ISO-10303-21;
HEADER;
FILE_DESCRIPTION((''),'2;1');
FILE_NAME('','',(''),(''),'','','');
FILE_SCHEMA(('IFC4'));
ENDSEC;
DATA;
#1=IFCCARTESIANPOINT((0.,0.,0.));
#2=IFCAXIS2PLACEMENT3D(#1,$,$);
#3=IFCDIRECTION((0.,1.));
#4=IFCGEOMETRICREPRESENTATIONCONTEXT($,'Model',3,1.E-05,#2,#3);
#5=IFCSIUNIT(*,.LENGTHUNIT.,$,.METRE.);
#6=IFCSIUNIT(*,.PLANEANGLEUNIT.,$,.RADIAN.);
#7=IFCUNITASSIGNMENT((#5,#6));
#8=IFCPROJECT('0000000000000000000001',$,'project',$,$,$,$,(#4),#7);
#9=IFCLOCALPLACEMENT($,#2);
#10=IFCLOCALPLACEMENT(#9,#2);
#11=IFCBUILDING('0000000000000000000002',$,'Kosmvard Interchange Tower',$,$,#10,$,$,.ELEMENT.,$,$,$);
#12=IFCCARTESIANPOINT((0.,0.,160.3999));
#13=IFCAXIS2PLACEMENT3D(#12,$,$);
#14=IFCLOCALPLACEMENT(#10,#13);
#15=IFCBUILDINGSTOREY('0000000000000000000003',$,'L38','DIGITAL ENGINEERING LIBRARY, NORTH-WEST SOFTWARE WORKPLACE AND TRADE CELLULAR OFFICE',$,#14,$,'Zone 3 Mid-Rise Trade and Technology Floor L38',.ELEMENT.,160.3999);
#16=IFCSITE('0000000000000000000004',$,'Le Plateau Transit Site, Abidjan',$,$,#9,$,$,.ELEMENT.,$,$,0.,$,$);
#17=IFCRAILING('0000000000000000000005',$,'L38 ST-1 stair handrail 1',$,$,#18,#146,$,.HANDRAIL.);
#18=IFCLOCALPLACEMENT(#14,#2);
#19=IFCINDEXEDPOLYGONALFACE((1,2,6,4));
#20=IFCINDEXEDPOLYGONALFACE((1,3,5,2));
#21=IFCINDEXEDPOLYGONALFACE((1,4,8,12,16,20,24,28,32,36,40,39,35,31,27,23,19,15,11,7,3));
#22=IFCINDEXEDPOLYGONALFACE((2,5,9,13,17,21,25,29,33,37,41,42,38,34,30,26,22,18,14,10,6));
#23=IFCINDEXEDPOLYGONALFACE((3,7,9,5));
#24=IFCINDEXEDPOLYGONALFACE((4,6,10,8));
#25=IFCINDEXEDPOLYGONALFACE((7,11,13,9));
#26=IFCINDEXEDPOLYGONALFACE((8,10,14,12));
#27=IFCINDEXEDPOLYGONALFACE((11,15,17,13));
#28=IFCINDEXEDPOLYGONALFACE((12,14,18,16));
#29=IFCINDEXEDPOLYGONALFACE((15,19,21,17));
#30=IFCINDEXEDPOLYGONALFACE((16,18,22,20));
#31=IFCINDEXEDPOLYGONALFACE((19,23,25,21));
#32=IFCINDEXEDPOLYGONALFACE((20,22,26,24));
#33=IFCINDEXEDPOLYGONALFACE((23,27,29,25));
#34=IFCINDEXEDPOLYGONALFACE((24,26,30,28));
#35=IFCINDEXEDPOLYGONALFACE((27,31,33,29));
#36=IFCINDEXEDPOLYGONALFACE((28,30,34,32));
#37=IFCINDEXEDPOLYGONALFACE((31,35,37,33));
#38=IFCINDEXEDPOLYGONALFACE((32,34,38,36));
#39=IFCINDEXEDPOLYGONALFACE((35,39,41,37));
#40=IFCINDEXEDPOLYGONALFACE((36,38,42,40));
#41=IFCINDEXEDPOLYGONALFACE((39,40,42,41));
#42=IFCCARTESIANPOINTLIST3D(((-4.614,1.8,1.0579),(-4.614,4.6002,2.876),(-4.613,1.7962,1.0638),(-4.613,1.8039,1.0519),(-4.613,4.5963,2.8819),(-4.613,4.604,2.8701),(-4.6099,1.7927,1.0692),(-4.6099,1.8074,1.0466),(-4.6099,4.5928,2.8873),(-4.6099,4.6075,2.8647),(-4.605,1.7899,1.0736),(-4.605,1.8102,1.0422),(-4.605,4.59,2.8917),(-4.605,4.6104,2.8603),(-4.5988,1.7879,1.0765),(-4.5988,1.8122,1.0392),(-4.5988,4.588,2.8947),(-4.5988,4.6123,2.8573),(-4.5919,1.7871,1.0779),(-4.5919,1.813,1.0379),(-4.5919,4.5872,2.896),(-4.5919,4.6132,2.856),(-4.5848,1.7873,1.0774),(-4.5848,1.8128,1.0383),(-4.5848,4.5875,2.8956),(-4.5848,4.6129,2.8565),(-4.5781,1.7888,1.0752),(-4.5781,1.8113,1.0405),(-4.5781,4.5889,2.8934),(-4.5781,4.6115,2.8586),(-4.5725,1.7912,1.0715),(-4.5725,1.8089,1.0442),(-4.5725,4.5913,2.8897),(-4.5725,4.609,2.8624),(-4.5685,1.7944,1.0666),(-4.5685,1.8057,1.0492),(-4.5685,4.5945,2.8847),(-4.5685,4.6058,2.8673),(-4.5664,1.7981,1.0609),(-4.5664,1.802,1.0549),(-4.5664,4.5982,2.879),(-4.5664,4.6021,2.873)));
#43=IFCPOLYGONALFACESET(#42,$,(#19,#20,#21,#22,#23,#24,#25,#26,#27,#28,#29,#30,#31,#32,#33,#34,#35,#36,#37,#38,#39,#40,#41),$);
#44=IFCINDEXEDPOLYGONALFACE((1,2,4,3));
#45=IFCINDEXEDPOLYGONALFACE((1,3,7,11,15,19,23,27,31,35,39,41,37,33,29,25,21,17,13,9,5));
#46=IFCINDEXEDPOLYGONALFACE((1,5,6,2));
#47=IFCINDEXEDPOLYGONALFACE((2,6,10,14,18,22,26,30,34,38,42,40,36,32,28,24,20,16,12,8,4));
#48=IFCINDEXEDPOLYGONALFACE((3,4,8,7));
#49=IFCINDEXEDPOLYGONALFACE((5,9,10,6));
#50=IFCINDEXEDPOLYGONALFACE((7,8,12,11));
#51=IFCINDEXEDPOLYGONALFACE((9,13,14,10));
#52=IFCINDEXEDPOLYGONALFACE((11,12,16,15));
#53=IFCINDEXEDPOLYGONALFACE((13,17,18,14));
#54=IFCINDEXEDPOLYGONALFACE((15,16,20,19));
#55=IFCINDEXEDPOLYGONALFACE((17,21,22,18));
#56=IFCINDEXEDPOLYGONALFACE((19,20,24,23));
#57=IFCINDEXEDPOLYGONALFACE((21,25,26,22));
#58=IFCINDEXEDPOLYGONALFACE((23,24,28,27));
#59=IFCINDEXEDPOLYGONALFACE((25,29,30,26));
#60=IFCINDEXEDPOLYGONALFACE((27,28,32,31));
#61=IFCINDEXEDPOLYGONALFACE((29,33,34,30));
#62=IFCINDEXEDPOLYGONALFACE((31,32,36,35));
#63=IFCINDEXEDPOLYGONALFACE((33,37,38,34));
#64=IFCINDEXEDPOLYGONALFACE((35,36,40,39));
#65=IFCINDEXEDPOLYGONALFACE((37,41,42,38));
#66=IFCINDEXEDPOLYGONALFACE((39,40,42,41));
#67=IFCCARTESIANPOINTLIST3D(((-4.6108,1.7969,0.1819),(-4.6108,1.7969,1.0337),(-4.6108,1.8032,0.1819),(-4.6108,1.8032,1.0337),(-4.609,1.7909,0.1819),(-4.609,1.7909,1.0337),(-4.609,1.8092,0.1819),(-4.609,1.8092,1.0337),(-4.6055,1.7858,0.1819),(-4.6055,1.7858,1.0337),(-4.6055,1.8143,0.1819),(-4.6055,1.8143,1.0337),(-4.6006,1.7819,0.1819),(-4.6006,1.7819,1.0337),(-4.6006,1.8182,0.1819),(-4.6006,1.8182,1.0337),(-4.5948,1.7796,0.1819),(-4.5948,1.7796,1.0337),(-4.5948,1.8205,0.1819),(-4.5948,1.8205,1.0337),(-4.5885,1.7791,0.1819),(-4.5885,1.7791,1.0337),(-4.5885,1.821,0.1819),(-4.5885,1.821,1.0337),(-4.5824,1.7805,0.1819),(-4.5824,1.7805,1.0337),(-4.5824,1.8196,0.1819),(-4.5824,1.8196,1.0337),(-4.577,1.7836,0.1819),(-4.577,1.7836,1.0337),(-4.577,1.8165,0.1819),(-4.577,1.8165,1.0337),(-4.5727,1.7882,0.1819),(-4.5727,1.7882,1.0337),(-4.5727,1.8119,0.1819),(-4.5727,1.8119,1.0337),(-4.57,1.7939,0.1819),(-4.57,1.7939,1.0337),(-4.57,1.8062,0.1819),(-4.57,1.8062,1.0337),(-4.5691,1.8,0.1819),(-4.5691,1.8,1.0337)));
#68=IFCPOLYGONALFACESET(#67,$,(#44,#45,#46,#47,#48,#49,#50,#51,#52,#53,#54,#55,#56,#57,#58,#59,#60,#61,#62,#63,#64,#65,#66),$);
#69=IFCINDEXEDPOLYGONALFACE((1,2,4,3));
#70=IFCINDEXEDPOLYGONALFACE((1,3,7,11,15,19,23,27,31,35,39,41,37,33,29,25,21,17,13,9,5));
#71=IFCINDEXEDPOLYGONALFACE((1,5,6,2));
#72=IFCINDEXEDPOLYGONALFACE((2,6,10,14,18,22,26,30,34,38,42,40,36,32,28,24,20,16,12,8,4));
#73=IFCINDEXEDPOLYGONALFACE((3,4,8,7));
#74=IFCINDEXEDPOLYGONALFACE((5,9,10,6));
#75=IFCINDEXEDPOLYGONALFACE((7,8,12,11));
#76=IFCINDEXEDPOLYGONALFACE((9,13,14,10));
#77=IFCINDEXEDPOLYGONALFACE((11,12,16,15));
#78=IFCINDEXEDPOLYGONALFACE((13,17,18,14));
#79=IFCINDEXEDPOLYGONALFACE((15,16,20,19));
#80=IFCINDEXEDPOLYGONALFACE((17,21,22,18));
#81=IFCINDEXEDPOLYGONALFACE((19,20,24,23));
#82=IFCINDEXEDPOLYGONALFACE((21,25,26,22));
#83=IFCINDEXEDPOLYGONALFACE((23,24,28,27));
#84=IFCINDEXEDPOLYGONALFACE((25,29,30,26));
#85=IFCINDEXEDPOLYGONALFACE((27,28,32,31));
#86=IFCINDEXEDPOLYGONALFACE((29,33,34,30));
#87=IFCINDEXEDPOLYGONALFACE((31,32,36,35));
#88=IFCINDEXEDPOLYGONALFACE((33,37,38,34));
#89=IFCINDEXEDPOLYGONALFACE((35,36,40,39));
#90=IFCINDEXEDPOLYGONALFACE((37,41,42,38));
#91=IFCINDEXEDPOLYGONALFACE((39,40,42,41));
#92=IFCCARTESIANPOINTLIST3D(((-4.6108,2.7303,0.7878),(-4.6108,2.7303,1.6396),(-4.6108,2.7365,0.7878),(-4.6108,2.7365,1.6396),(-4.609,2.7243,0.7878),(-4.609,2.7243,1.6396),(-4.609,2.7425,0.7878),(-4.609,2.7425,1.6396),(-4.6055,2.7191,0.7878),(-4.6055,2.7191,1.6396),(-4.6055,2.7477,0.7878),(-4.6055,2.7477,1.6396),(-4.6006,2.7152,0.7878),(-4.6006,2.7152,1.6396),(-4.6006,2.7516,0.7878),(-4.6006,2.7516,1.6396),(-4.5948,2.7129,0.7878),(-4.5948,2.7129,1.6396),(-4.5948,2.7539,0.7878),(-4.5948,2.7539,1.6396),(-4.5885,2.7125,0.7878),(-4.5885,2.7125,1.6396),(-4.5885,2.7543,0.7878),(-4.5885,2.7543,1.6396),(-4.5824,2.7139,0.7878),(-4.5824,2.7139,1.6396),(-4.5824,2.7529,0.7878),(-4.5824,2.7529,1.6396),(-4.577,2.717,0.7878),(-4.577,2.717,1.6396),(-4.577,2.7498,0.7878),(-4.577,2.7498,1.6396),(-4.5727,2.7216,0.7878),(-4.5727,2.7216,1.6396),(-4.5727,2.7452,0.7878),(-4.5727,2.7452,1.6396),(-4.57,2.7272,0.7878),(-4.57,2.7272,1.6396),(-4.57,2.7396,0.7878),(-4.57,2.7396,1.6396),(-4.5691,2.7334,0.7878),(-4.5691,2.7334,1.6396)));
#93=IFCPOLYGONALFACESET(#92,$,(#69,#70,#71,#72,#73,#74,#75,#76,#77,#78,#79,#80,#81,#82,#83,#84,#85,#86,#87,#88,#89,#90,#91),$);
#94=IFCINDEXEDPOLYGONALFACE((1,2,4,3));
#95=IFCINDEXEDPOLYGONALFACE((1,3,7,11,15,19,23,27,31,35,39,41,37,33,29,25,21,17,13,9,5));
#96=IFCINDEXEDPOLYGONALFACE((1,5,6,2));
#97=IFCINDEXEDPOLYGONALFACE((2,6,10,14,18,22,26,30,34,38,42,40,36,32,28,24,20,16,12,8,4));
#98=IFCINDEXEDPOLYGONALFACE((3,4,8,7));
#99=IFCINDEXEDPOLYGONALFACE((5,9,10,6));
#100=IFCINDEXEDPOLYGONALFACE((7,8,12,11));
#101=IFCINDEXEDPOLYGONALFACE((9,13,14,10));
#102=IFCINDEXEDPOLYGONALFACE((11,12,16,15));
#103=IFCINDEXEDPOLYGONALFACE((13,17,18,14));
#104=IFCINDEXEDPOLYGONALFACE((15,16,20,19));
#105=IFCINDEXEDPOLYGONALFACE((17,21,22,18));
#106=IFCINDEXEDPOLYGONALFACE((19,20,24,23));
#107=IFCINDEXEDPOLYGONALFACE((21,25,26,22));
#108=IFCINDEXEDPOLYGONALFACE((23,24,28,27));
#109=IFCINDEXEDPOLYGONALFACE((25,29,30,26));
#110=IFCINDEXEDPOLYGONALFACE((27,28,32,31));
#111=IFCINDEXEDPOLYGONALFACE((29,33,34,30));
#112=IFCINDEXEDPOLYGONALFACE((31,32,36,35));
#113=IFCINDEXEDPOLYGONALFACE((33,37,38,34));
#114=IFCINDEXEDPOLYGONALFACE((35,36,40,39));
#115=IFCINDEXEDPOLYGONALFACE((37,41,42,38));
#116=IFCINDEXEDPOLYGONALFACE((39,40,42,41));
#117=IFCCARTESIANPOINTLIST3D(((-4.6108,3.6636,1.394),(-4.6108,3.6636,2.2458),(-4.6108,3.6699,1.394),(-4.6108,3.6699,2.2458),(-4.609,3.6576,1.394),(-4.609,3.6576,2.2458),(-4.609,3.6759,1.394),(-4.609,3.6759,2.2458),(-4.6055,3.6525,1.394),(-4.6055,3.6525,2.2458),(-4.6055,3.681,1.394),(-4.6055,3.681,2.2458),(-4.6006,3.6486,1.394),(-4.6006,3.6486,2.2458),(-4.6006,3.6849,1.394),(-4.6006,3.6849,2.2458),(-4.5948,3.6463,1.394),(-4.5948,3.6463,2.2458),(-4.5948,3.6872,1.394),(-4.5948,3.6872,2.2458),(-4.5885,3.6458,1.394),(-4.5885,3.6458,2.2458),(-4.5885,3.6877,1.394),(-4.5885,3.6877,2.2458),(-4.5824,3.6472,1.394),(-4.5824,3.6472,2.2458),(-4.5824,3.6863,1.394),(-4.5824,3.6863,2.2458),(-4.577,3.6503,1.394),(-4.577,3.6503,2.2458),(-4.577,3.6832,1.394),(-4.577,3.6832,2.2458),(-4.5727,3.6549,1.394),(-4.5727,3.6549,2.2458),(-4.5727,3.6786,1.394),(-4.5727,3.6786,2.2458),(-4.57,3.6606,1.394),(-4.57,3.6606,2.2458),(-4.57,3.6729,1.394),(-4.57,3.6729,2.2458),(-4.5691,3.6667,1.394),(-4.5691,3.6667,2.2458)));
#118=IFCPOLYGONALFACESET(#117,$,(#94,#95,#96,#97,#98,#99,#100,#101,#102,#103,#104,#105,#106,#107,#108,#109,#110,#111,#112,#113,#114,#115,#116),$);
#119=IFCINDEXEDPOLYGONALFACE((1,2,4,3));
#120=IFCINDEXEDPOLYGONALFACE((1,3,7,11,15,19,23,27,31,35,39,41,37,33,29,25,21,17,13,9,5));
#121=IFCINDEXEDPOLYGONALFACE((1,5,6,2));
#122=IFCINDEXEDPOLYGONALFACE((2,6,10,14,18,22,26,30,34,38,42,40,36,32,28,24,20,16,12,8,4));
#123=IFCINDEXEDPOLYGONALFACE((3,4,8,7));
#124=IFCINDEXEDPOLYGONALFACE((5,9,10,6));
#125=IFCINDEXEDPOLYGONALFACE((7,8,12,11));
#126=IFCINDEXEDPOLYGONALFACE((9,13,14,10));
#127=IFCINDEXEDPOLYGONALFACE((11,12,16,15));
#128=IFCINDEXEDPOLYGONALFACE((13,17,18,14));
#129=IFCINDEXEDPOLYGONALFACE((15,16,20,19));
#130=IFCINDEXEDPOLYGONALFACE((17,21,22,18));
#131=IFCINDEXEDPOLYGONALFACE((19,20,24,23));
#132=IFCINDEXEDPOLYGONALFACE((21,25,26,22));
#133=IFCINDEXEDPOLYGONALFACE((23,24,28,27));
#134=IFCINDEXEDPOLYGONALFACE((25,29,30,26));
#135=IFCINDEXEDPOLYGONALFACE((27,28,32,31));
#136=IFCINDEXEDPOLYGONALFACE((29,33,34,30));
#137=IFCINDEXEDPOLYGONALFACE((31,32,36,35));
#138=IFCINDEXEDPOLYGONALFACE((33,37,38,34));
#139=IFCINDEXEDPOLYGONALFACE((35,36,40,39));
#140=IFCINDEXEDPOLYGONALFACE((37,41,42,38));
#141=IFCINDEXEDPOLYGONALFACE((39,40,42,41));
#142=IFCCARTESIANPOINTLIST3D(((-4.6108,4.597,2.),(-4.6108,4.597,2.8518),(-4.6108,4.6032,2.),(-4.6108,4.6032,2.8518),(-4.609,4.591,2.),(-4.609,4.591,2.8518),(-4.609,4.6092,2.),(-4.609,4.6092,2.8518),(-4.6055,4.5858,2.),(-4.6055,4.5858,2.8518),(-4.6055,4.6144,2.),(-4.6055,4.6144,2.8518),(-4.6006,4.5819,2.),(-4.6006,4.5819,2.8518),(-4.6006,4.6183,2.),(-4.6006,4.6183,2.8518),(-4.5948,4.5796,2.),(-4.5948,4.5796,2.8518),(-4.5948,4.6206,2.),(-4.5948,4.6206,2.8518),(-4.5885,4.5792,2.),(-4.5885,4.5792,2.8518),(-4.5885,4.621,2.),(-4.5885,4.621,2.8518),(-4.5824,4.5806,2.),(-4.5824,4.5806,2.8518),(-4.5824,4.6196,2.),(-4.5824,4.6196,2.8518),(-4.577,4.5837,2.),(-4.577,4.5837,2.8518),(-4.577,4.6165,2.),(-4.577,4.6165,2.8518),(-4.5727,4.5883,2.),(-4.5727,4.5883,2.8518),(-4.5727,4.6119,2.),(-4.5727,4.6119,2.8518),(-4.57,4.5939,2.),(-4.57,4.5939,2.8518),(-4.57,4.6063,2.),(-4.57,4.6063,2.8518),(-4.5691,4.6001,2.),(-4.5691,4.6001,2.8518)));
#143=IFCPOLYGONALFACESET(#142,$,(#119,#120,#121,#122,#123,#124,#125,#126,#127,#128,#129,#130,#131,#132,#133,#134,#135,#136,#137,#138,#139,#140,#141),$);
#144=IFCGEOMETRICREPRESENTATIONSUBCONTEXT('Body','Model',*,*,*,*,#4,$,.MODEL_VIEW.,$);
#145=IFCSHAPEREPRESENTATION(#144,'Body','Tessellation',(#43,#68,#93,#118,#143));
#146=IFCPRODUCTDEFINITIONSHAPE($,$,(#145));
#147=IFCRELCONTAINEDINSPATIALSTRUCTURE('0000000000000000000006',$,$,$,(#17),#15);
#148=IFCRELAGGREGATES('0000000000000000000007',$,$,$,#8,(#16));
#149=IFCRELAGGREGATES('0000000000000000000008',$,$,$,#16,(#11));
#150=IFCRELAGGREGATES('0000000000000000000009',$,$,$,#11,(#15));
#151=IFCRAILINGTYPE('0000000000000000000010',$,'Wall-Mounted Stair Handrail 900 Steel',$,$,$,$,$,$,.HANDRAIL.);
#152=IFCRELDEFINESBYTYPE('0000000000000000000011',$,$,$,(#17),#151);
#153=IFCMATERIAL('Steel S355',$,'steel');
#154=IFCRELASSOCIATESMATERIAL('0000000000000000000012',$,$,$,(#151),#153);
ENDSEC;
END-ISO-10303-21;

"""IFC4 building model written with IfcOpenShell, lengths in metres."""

from ifc_helpers import new_model, si_unit, direction, frame, origin, origin_2d, place, context, subcontext, project, spatial, circle, extrude, source, transform, mapped, material, type_object, element, save


model = new_model("IFC4")

# Units and contexts
model_context = context("Model", 3, precision=1e-05, world=origin(), true_north=direction((0.0, 1.0)))
body_context = subcontext(model_context, "Body", "Model", "MODEL_VIEW")
ifc_project = project(units=[si_unit("LENGTHUNIT", "METRE"), si_unit("PLANEANGLEUNIT", "RADIAN")], contexts=[model_context])

# Site, building, storey
site_placement = place(None, origin())
site = spatial("IfcSite", under=ifc_project, at=site_placement, Name="Le Plateau Transit Site, Abidjan", CompositionType="ELEMENT", RefElevation=0.0)
building_placement = place(site_placement, origin())
building = spatial("IfcBuilding", under=site, at=building_placement, Name="Kosmvard Interchange Tower", CompositionType="ELEMENT")
storey_placement = place(building_placement, frame((0.0, 0.0, 160.3999)))
storey = spatial("IfcBuildingStorey", under=building, at=storey_placement, Name="L38", Description="DIGITAL ENGINEERING LIBRARY, NORTH-WEST SOFTWARE WORKPLACE AND TRADE CELLULAR OFFICE", LongName="Zone 3 Mid-Rise Trade and Technology Floor L38", CompositionType="ELEMENT", Elevation=160.3999)

# Shared definitions
ifc_material_1 = material(Name="Steel S355", Category="steel")

# Railing
railing_type_1 = type_object("IfcRailingType", Name="Wall-Mounted Stair Handrail 900 Steel", PredefinedType="HANDRAIL", material=ifc_material_1)
shared_shape_1 = source(origin(), body_context, "Body", "SweptSolid", [
    extrude(circle(Radius=0.0239, at=origin_2d()), frame((0.0, 0.0, 0.876), z_axis=(0.0, 0.838706, 0.544585), x_axis=(-1.0, 0.0, 0.0)), (0.0, 0.0, 1.0), 3.3386),
    extrude(circle(Radius=0.021, at=origin_2d()), origin(), (0.0, 0.0, 1.0), 0.8518),
    extrude(circle(Radius=0.021, at=origin_2d()), frame((0.0, 0.9333, 0.606)), (0.0, 0.0, 1.0), 0.8518),
    extrude(circle(Radius=0.021, at=origin_2d()), frame((0.0, 1.8667, 1.2122)), (0.0, 0.0, 1.0), 0.8518),
    extrude(circle(Radius=0.021, at=origin_2d()), frame((0.0, 2.8, 1.8181)), (0.0, 0.0, 1.0), 0.8518),
])
railing_1_placement = place(storey_placement, frame((-4.5901, 1.8, 0.1819)))
element("IfcRailing", 1, at=railing_1_placement, inside=storey, type_object=railing_type_1, Name="L38 ST-1 stair handrail 1", PredefinedType="HANDRAIL", context=body_context, shape_type="MappedRepresentation", body=[
    mapped(shared_shape_1, transform((0.0, 0.0, 0.0), scale=1.0)),
])

save(model, "model.ifc")
